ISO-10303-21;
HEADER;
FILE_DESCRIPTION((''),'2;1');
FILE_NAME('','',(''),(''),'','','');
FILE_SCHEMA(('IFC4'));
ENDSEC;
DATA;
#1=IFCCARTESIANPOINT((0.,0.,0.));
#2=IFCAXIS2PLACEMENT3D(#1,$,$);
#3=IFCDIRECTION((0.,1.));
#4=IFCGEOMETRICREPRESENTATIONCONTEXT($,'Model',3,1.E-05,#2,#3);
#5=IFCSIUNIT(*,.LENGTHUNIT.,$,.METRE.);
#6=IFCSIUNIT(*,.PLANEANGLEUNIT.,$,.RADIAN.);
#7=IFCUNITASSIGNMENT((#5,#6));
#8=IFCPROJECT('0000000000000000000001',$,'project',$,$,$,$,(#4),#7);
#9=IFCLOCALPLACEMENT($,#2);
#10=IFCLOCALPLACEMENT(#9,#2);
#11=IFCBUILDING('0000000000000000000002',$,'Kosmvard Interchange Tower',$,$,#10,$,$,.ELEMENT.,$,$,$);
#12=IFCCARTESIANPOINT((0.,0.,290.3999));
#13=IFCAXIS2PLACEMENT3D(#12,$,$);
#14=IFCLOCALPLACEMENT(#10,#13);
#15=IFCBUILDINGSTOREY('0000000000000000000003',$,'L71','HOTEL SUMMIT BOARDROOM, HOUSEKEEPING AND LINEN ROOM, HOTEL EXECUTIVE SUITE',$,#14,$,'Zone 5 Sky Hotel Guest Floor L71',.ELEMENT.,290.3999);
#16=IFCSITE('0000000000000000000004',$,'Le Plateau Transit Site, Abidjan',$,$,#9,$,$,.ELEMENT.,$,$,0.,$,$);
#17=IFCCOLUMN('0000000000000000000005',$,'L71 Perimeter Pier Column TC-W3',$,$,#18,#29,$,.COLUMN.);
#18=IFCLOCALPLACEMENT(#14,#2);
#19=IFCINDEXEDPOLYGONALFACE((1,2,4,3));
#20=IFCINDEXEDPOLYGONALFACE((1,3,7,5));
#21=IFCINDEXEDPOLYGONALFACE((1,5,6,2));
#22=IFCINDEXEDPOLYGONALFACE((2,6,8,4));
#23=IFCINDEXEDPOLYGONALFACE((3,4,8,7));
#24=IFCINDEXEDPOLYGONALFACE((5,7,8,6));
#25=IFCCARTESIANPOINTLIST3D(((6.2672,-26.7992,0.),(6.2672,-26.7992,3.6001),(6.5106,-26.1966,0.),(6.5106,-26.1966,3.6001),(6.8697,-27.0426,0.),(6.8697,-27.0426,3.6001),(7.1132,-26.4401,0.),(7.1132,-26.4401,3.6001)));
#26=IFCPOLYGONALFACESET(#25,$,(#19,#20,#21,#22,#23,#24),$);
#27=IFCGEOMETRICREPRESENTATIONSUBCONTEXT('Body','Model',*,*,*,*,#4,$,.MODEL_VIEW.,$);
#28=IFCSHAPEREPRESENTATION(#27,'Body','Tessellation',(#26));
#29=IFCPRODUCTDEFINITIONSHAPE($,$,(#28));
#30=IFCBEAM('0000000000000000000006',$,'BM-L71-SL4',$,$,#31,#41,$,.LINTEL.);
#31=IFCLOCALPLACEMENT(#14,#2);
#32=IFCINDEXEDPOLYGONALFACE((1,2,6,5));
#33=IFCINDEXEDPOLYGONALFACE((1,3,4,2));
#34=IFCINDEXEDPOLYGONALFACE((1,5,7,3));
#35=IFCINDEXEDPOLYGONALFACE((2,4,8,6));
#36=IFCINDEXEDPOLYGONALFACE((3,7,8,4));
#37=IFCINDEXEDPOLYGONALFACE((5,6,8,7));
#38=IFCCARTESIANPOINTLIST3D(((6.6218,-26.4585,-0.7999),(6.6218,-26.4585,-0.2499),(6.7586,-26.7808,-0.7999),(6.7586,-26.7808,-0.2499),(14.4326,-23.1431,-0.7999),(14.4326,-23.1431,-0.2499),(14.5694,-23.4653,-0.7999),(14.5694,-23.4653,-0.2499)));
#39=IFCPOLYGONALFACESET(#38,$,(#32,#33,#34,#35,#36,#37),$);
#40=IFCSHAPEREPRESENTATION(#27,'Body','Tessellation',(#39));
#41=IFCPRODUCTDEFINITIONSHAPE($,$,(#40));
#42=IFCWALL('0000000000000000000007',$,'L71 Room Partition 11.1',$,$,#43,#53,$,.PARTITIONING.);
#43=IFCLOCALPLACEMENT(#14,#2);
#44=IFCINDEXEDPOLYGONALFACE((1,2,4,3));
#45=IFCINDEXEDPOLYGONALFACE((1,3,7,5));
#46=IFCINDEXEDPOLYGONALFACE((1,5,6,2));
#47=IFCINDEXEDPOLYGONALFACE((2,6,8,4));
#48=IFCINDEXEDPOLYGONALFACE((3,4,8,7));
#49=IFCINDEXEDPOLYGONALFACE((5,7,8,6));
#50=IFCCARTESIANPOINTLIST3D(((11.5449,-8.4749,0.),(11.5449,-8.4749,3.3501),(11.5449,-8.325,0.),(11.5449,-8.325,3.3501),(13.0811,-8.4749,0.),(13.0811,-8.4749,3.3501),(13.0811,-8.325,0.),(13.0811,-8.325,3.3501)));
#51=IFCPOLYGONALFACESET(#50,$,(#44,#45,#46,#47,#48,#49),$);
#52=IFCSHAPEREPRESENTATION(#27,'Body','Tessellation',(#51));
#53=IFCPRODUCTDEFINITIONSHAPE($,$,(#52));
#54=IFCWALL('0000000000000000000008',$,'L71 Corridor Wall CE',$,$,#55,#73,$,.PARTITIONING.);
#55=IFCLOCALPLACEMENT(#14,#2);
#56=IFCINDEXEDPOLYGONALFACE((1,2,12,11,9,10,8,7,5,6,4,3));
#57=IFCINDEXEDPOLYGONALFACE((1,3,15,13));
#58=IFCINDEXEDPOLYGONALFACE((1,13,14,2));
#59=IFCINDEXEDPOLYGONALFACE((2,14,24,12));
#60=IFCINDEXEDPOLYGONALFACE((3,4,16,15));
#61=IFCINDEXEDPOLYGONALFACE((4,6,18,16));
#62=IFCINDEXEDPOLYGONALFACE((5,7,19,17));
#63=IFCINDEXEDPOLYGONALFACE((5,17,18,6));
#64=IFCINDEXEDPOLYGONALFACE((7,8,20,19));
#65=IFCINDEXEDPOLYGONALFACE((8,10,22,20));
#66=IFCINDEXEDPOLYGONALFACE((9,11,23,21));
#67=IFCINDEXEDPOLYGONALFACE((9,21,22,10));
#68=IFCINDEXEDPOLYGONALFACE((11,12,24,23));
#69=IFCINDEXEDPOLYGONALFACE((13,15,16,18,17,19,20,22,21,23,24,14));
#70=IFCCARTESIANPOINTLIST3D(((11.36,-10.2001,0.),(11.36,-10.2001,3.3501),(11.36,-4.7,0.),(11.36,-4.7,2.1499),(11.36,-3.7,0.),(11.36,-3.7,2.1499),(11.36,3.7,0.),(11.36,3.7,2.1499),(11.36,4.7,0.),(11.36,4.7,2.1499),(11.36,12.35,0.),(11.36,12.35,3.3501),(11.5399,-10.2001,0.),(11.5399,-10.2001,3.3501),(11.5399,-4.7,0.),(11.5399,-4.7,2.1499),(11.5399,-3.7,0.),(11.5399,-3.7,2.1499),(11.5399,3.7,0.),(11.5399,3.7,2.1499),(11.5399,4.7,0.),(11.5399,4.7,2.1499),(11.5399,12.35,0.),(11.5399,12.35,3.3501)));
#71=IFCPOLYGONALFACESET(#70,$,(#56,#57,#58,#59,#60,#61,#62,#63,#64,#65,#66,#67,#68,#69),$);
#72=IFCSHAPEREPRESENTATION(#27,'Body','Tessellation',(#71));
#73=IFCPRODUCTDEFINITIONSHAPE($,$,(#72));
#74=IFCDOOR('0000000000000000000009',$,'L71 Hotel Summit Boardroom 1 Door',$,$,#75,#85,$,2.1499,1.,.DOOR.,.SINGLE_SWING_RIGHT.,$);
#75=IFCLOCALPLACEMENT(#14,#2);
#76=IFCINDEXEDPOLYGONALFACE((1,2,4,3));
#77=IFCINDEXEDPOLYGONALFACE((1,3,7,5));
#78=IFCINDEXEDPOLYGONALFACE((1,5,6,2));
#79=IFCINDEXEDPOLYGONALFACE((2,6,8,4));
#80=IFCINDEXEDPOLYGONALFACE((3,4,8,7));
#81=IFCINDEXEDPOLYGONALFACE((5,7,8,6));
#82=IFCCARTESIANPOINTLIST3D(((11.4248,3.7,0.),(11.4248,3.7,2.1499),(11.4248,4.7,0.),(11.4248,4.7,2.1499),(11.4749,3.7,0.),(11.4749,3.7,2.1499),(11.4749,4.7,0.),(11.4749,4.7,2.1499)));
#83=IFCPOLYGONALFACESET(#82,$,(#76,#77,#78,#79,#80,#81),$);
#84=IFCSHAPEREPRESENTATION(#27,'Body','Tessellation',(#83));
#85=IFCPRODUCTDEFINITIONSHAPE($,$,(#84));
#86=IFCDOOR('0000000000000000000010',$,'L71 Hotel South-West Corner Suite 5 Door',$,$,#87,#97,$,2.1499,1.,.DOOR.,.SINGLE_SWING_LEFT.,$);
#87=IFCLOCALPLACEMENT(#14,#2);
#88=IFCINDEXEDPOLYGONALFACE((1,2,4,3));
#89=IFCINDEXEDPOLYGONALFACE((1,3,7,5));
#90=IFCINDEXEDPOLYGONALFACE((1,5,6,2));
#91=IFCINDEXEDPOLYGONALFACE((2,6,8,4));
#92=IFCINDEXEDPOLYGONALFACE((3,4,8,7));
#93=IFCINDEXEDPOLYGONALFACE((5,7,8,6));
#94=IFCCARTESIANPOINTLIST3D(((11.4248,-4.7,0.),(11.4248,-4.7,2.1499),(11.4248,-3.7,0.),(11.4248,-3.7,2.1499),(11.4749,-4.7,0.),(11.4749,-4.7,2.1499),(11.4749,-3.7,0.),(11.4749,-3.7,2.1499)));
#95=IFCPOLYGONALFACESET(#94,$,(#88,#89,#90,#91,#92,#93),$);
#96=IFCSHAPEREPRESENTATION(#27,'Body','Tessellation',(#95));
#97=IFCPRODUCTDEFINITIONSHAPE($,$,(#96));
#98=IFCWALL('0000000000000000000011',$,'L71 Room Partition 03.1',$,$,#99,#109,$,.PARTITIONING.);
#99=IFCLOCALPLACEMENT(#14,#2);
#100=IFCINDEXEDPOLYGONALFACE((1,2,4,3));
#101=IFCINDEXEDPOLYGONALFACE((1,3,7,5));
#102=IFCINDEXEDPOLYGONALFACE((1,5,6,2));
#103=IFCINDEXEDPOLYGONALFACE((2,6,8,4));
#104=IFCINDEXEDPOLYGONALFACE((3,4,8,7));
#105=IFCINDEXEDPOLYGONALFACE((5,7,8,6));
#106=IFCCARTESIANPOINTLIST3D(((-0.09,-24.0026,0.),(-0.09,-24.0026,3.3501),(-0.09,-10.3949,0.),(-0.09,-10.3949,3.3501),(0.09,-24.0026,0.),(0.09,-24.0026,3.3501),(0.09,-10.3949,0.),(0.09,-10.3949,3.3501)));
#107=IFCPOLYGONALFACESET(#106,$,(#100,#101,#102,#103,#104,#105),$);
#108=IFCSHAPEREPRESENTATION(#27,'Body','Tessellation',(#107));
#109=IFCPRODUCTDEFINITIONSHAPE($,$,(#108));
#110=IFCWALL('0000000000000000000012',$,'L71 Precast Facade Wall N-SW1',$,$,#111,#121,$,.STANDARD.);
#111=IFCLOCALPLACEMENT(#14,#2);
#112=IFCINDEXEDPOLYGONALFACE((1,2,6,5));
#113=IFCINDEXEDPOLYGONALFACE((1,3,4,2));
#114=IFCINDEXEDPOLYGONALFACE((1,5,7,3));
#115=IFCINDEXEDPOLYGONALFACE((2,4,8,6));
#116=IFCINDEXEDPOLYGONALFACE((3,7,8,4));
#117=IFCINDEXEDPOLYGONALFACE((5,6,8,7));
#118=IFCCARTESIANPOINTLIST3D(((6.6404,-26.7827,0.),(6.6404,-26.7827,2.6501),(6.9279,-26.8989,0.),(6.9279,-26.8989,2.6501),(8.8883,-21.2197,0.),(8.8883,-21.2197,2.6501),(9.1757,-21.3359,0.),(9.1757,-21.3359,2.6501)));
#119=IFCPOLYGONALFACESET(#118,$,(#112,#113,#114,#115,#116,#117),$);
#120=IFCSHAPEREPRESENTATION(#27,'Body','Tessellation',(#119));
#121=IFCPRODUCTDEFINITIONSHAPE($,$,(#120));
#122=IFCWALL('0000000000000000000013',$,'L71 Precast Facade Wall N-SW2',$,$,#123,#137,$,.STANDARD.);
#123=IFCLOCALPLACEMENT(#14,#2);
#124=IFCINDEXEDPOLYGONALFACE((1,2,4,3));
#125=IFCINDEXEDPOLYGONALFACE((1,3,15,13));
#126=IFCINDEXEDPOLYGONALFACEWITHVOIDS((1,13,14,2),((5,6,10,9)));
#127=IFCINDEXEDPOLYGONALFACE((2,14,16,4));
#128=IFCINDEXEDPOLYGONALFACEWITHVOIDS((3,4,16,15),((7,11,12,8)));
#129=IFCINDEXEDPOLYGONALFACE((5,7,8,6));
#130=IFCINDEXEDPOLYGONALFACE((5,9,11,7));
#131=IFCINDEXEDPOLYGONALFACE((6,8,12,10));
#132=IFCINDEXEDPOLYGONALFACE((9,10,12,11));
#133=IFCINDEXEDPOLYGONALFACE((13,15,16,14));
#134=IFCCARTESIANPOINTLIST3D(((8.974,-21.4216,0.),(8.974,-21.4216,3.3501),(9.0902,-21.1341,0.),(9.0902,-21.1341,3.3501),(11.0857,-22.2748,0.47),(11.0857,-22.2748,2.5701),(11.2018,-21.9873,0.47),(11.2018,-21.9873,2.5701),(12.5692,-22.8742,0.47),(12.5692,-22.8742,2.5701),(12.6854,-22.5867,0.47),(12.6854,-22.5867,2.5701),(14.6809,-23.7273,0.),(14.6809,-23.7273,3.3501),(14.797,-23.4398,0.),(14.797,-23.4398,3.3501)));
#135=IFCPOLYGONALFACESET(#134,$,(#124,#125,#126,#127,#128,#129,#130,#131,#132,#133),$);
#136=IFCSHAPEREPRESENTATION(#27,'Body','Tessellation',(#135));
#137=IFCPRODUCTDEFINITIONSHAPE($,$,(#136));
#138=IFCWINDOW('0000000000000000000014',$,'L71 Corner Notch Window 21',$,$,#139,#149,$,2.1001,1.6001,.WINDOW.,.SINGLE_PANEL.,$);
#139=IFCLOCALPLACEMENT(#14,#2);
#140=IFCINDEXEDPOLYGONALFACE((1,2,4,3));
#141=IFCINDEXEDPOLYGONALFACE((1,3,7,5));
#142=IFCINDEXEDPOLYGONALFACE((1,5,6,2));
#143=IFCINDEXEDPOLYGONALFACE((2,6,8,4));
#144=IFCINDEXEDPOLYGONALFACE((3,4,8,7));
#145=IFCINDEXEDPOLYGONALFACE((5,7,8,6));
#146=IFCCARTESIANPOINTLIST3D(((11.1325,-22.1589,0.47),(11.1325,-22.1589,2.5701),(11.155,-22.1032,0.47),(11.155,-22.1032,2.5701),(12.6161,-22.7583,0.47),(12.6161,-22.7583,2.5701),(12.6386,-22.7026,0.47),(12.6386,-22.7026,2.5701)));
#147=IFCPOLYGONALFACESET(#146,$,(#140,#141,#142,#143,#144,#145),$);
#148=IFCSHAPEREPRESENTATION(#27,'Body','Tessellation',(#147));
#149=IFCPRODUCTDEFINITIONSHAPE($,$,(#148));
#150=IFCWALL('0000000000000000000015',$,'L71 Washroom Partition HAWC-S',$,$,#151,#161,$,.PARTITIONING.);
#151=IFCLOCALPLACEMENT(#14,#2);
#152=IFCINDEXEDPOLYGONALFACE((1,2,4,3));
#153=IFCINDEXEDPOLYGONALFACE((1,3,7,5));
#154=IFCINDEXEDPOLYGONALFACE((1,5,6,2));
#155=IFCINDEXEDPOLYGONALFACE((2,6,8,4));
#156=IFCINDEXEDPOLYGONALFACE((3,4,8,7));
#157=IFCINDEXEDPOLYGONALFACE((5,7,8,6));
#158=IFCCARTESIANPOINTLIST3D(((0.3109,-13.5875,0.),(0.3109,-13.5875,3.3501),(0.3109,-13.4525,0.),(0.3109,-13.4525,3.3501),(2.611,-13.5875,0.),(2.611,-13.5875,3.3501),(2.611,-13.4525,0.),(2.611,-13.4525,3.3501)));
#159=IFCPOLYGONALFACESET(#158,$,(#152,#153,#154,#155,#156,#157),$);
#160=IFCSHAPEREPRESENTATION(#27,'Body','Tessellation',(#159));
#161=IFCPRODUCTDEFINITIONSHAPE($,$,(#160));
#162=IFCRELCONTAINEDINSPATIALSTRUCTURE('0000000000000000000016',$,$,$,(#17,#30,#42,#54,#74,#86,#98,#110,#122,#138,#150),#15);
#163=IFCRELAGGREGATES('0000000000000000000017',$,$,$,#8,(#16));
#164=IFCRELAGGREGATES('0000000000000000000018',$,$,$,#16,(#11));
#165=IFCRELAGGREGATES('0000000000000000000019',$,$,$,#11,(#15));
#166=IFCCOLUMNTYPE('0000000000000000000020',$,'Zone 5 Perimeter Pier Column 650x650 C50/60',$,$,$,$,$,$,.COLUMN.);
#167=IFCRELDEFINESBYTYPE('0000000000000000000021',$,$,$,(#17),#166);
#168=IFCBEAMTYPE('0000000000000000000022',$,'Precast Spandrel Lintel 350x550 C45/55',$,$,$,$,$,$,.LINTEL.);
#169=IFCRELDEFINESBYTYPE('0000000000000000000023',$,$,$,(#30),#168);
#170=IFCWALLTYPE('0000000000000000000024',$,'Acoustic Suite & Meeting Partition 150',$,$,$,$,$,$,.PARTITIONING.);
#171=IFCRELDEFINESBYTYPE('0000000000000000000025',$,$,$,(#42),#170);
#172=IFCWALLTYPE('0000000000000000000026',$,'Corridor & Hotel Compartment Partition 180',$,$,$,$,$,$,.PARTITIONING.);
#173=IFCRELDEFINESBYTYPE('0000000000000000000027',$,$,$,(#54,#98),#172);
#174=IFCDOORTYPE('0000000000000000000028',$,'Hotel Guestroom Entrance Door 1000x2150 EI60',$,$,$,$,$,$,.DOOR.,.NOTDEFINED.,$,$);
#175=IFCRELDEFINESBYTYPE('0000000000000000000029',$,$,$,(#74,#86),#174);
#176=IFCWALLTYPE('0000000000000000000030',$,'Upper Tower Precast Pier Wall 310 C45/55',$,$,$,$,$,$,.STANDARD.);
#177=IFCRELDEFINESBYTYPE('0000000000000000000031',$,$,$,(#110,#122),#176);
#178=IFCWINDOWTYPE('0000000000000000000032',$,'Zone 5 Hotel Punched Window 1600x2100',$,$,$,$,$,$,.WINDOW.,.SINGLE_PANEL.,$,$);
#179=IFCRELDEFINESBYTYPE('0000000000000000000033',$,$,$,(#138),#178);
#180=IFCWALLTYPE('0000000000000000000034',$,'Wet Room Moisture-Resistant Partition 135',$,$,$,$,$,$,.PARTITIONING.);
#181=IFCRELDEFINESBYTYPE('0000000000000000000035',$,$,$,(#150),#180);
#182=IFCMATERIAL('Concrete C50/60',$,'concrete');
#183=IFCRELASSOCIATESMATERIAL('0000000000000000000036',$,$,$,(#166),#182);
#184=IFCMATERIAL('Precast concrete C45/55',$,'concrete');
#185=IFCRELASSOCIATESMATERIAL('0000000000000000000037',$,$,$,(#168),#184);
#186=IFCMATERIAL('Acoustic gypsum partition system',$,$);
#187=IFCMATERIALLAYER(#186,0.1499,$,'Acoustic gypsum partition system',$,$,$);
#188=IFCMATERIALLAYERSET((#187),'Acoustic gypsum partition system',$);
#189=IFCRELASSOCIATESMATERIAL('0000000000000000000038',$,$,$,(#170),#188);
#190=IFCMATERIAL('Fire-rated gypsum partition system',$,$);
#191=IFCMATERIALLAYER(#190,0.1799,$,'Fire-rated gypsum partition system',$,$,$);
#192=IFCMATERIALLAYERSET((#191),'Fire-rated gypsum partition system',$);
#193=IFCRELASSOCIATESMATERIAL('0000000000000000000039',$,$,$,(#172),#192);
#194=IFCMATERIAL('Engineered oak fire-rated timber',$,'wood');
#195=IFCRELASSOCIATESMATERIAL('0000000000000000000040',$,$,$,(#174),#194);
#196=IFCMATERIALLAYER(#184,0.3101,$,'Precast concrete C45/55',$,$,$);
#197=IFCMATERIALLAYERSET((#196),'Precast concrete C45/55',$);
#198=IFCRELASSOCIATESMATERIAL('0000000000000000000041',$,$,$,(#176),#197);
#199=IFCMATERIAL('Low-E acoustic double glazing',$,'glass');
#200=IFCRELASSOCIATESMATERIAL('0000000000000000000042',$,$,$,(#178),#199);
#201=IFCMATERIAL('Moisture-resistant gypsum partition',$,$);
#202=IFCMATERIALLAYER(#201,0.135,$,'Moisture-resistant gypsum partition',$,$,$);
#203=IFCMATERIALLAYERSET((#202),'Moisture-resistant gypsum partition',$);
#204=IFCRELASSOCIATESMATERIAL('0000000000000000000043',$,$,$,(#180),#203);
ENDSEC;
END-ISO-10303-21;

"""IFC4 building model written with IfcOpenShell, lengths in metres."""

from ifc_helpers import new_model, si_unit, direction, frame, frame_2d, origin, origin_2d, place, context, subcontext, project, spatial, rectangle, extrude, source, transform, mapped, material, layer, layer_set, material_profile, profile_set, type_object, element, fill, save


model = new_model("IFC4")

# Units and contexts
model_context = context("Model", 3, precision=1e-05, world=origin(), true_north=direction((0.0, 1.0)))
body_context = subcontext(model_context, "Body", "Model", "MODEL_VIEW")
ifc_project = project(units=[si_unit("LENGTHUNIT", "METRE"), si_unit("PLANEANGLEUNIT", "RADIAN")], contexts=[model_context])

# Site, building, storey
site_placement = place(None, origin())
site = spatial("IfcSite", under=ifc_project, at=site_placement, Name="Le Plateau Transit Site, Abidjan", CompositionType="ELEMENT", RefElevation=0.0)
building_placement = place(site_placement, origin())
building = spatial("IfcBuilding", under=site, at=building_placement, Name="Kosmvard Interchange Tower", CompositionType="ELEMENT")
storey_placement = place(building_placement, frame((0.0, 0.0, 290.3999)))
storey = spatial("IfcBuildingStorey", under=building, at=storey_placement, Name="L71", Description="HOTEL SUMMIT BOARDROOM, HOUSEKEEPING AND LINEN ROOM, HOTEL EXECUTIVE SUITE", LongName="Zone 5 Sky Hotel Guest Floor L71", CompositionType="ELEMENT", Elevation=290.3999)

# Column
ifc_material_1 = material(Name="Concrete C50/60", Category="concrete")
ifc_material_profile_1 = material_profile(ifc_material_1, rectangle(XDim=0.6499, YDim=0.6499, at=origin_2d()), Name="TC 650x650")
ifc_profile_set_1 = profile_set([ifc_material_profile_1], Name="Concrete C50/60")
column_type = type_object("IfcColumnType", Name="Zone 5 Perimeter Pier Column 650x650 C50/60", PredefinedType="COLUMN", material=ifc_profile_set_1)
shared_shape_1 = source(origin(), body_context, "Body", "SweptSolid", [
    extrude(rectangle(XDim=0.6499, YDim=0.6499, at=origin_2d()), origin(), (0.0, 0.0, 1.0), 3.6001),
])
column_placement = place(storey_placement, frame((6.6902, -26.6196, 0.0), z_axis=(0.0, 0.0, 1.0), x_axis=(0.374607, 0.927184, 0.0)))
element("IfcColumn", 1, at=column_placement, inside=storey, type_object=column_type, Name="L71 Perimeter Pier Column TC-W3", PredefinedType="COLUMN", context=body_context, shape_type="MappedRepresentation", body=[
    mapped(shared_shape_1, transform((0.0, 0.0, 0.0), scale=1.0)),
])

# Beam
ifc_material_2 = material(Name="Precast concrete C45/55", Category="concrete")
ifc_material_profile_2 = material_profile(ifc_material_2, rectangle(XDim=0.3501, YDim=0.55, at=origin_2d()), Name="SL 350x550")
ifc_profile_set_2 = profile_set([ifc_material_profile_2], Name="Precast concrete C45/55")
beam_type = type_object("IfcBeamType", Name="Precast Spandrel Lintel 350x550 C45/55", PredefinedType="LINTEL", material=ifc_profile_set_2)
shared_shape_2 = source(origin(), body_context, "Body", "SweptSolid", [
    extrude(rectangle(XDim=0.3501, YDim=0.55, at=origin_2d()), origin(), (0.0, 0.0, 1.0), 8.4854),
])
beam_placement = place(storey_placement, frame((6.6902, -26.6196, -0.5249), z_axis=(0.920507, 0.390726, 0.0), x_axis=(-0.390726, 0.920507, 0.0)))
element("IfcBeam", 2, at=beam_placement, inside=storey, type_object=beam_type, Name="BM-L71-SL4", PredefinedType="LINTEL", context=body_context, shape_type="MappedRepresentation", body=[
    mapped(shared_shape_2, transform((0.0, 0.0, 0.0), scale=1.0)),
])

# Wall
ifc_material_3 = material(Name="Acoustic gypsum partition system")
ifc_layer_1 = layer(ifc_material_3, 0.1499, Name="Acoustic gypsum partition system")
ifc_layer_set_1 = layer_set([ifc_layer_1], Name="Acoustic gypsum partition system")
wall_type_1 = type_object("IfcWallType", Name="Acoustic Suite & Meeting Partition 150", PredefinedType="PARTITIONING", material=ifc_layer_set_1)
wall_1_placement = place(storey_placement, frame((11.5449, -8.3999, 0.0), z_axis=(0.0, 0.0, 1.0), x_axis=(1.0, 0.0, 0.0)))
element("IfcWall", 3, at=wall_1_placement, inside=storey, type_object=wall_type_1, Name="L71 Room Partition 11.1", PredefinedType="PARTITIONING", context=body_context, shape_type="SweptSolid", body=[
    extrude(rectangle(XDim=1.5361, YDim=0.1499, at=frame_2d((0.7681, 0.0))), origin(), (0.0, 0.0, 1.0), 3.3501),
])

# Wall, openings, doors
ifc_material_4 = material(Name="Fire-rated gypsum partition system")
ifc_layer_2 = layer(ifc_material_4, 0.1799, Name="Fire-rated gypsum partition system")
ifc_layer_set_2 = layer_set([ifc_layer_2], Name="Fire-rated gypsum partition system")
wall_type_2 = type_object("IfcWallType", Name="Corridor & Hotel Compartment Partition 180", PredefinedType="PARTITIONING", material=ifc_layer_set_2)
wall_2_placement = place(storey_placement, frame((11.45, -10.2, 0.0), z_axis=(0.0, 0.0, 1.0), x_axis=(0.0, 1.0, 0.0)))
wall_2 = element("IfcWall", 4, at=wall_2_placement, inside=storey, type_object=wall_type_2, Name="L71 Corridor Wall CE", PredefinedType="PARTITIONING", context=body_context, shape_type="SweptSolid", body=[
    extrude(rectangle(XDim=22.55, YDim=0.1799, at=frame_2d((11.2749, 0.0))), origin(), (0.0, 0.0, 1.0), 3.3501),
])
opening_1_placement = place(wall_2_placement, frame((13.8999, 0.0, 0.0)))
opening_1 = element("IfcOpeningElement", 5, at=opening_1_placement, cuts=wall_2, PredefinedType="OPENING", context=body_context, shape_type="SweptSolid", body=[
    extrude(rectangle(XDim=1.0, YDim=2.1499, at=frame_2d((0.5, 1.075))), frame((0.0, 0.1001, 0.0), z_axis=(0.0, -1.0, 0.0), x_axis=(1.0, 0.0, 0.0)), (0.0, 0.0, 1.0), 0.2),
])
opening_2_placement = place(wall_2_placement, frame((5.5, 0.0, 0.0)))
opening_2 = element("IfcOpeningElement", 6, at=opening_2_placement, cuts=wall_2, PredefinedType="OPENING", context=body_context, shape_type="SweptSolid", body=[
    extrude(rectangle(XDim=1.0, YDim=2.1499, at=frame_2d((0.5, 1.075))), frame((0.0, 0.1001, 0.0), z_axis=(0.0, -1.0, 0.0), x_axis=(1.0, 0.0, 0.0)), (0.0, 0.0, 1.0), 0.2),
])
ifc_material_5 = material(Name="Engineered oak fire-rated timber", Category="wood")
door_type = type_object("IfcDoorType", Name="Hotel Guestroom Entrance Door 1000x2150 EI60", OperationType="NOTDEFINED", PredefinedType="DOOR", material=ifc_material_5)
shared_shape_3 = source(origin(), body_context, "Body", "SweptSolid", [
    extrude(rectangle(XDim=1.0, YDim=2.1499, at=frame_2d((0.5, 1.075))), frame((0.0, 0.0249, 0.0), z_axis=(0.0, -1.0, 0.0), x_axis=(1.0, 0.0, 0.0)), (0.0, 0.0, 1.0), 0.05),
])
door_1_placement = place(opening_1_placement, frame((1.0, 0.0, 0.0), z_axis=(0.0, 0.0, 1.0), x_axis=(-1.0, 0.0, 0.0)))
door_1 = element("IfcDoor", 7, at=door_1_placement, inside=storey, type_object=door_type, Name="L71 Hotel Summit Boardroom 1 Door", OperationType="SINGLE_SWING_RIGHT", OverallHeight=2.1499, OverallWidth=1.0, PredefinedType="DOOR", context=body_context, shape_type="MappedRepresentation", body=[
    mapped(shared_shape_3, transform((0.0, 0.0, 0.0), scale=1.0)),
])
fill(opening_1, door_1)
door_2_placement = place(opening_2_placement, frame((1.0, 0.0, 0.0), z_axis=(0.0, 0.0, 1.0), x_axis=(-1.0, 0.0, 0.0)))
door_2 = element("IfcDoor", 8, at=door_2_placement, inside=storey, type_object=door_type, Name="L71 Hotel South-West Corner Suite 5 Door", OperationType="SINGLE_SWING_LEFT", OverallHeight=2.1499, OverallWidth=1.0, PredefinedType="DOOR", context=body_context, shape_type="MappedRepresentation", body=[
    mapped(shared_shape_3, transform((0.0, 0.0, 0.0), scale=1.0)),
])
fill(opening_2, door_2)

# Walls
wall_3_placement = place(storey_placement, frame((0.0, -10.395, 0.0), z_axis=(0.0, 0.0, 1.0), x_axis=(0.0, -1.0, 0.0)))
element("IfcWall", 9, at=wall_3_placement, inside=storey, type_object=wall_type_2, Name="L71 Room Partition 03.1", PredefinedType="PARTITIONING", context=body_context, shape_type="SweptSolid", body=[
    extrude(rectangle(XDim=13.6077, YDim=0.1799, at=frame_2d((6.8037, 0.0))), origin(), (0.0, 0.0, 1.0), 3.3501),
])
ifc_layer_3 = layer(ifc_material_2, 0.3101, Name="Precast concrete C45/55")
ifc_layer_set_3 = layer_set([ifc_layer_3], Name="Precast concrete C45/55")
wall_type_3 = type_object("IfcWallType", Name="Upper Tower Precast Pier Wall 310 C45/55", PredefinedType="STANDARD", material=ifc_layer_set_3)
wall_4_placement = place(storey_placement, frame((6.7842, -26.8408, 0.0), z_axis=(0.0, 0.0, 1.0), x_axis=(0.374637, 0.927172, 0.0)))
element("IfcWall", 10, at=wall_4_placement, inside=storey, type_object=wall_type_3, Name="L71 Precast Facade Wall N-SW1", PredefinedType="STANDARD", context=body_context, shape_type="SweptSolid", body=[
    extrude(rectangle(XDim=6.0, YDim=0.3101, at=frame_2d((3.0, 0.0))), origin(), (0.0, 0.0, 1.0), 2.6501),
])

# Wall, opening, window
wall_5_placement = place(storey_placement, frame((9.032, -21.2778, 0.0), z_axis=(0.0, 0.0, 1.0), x_axis=(0.927185, -0.374603, 0.0)))
wall_5 = element("IfcWall", 11, at=wall_5_placement, inside=storey, type_object=wall_type_3, Name="L71 Precast Facade Wall N-SW2", PredefinedType="STANDARD", context=body_context, shape_type="SweptSolid", body=[
    extrude(rectangle(XDim=6.155, YDim=0.3101, at=frame_2d((3.0776, 0.0))), origin(), (0.0, 0.0, 1.0), 3.3501),
])
opening_3_placement = place(wall_5_placement, frame((2.2776, 0.0, 0.47)))
opening_3 = element("IfcOpeningElement", 12, at=opening_3_placement, cuts=wall_5, PredefinedType="OPENING", context=body_context, shape_type="SweptSolid", body=[
    extrude(rectangle(XDim=1.6001, YDim=2.1001, at=frame_2d((0.8, 1.05))), frame((0.0, 0.165, 0.0), z_axis=(0.0, -1.0, 0.0), x_axis=(1.0, 0.0, 0.0)), (0.0, 0.0, 1.0), 0.3301),
])
ifc_material_6 = material(Name="Low-E acoustic double glazing", Category="glass")
window_type = type_object("IfcWindowType", Name="Zone 5 Hotel Punched Window 1600x2100", PartitioningType="SINGLE_PANEL", PredefinedType="WINDOW", material=ifc_material_6)
shared_shape_4 = source(origin(), body_context, "Body", "SweptSolid", [
    extrude(rectangle(XDim=1.6001, YDim=2.1001, at=frame_2d((0.8, 1.05))), frame((0.0, 0.03, 0.0), z_axis=(0.0, -1.0, 0.0), x_axis=(1.0, 0.0, 0.0)), (0.0, 0.0, 1.0), 0.0601),
])
window_placement = place(opening_3_placement, origin())
window = element("IfcWindow", 13, at=window_placement, inside=storey, type_object=window_type, Name="L71 Corner Notch Window 21", OverallHeight=2.1001, OverallWidth=1.6001, PartitioningType="SINGLE_PANEL", PredefinedType="WINDOW", context=body_context, shape_type="MappedRepresentation", body=[
    mapped(shared_shape_4, transform((0.0, 0.0, 0.0), scale=1.0)),
])
fill(opening_3, window)

# Wall
ifc_material_7 = material(Name="Moisture-resistant gypsum partition")
ifc_layer_4 = layer(ifc_material_7, 0.135, Name="Moisture-resistant gypsum partition")
ifc_layer_set_4 = layer_set([ifc_layer_4], Name="Moisture-resistant gypsum partition")
wall_type_4 = type_object("IfcWallType", Name="Wet Room Moisture-Resistant Partition 135", PredefinedType="PARTITIONING", material=ifc_layer_set_4)
wall_6_placement = place(storey_placement, frame((0.311, -13.52, 0.0), z_axis=(0.0, 0.0, 1.0), x_axis=(1.0, 0.0, 0.0)))
element("IfcWall", 14, at=wall_6_placement, inside=storey, type_object=wall_type_4, Name="L71 Washroom Partition HAWC-S", PredefinedType="PARTITIONING", context=body_context, shape_type="SweptSolid", body=[
    extrude(rectangle(XDim=2.3, YDim=0.135, at=frame_2d((1.1499, 0.0))), origin(), (0.0, 0.0, 1.0), 3.3501),
])

save(model, "model.ifc")
